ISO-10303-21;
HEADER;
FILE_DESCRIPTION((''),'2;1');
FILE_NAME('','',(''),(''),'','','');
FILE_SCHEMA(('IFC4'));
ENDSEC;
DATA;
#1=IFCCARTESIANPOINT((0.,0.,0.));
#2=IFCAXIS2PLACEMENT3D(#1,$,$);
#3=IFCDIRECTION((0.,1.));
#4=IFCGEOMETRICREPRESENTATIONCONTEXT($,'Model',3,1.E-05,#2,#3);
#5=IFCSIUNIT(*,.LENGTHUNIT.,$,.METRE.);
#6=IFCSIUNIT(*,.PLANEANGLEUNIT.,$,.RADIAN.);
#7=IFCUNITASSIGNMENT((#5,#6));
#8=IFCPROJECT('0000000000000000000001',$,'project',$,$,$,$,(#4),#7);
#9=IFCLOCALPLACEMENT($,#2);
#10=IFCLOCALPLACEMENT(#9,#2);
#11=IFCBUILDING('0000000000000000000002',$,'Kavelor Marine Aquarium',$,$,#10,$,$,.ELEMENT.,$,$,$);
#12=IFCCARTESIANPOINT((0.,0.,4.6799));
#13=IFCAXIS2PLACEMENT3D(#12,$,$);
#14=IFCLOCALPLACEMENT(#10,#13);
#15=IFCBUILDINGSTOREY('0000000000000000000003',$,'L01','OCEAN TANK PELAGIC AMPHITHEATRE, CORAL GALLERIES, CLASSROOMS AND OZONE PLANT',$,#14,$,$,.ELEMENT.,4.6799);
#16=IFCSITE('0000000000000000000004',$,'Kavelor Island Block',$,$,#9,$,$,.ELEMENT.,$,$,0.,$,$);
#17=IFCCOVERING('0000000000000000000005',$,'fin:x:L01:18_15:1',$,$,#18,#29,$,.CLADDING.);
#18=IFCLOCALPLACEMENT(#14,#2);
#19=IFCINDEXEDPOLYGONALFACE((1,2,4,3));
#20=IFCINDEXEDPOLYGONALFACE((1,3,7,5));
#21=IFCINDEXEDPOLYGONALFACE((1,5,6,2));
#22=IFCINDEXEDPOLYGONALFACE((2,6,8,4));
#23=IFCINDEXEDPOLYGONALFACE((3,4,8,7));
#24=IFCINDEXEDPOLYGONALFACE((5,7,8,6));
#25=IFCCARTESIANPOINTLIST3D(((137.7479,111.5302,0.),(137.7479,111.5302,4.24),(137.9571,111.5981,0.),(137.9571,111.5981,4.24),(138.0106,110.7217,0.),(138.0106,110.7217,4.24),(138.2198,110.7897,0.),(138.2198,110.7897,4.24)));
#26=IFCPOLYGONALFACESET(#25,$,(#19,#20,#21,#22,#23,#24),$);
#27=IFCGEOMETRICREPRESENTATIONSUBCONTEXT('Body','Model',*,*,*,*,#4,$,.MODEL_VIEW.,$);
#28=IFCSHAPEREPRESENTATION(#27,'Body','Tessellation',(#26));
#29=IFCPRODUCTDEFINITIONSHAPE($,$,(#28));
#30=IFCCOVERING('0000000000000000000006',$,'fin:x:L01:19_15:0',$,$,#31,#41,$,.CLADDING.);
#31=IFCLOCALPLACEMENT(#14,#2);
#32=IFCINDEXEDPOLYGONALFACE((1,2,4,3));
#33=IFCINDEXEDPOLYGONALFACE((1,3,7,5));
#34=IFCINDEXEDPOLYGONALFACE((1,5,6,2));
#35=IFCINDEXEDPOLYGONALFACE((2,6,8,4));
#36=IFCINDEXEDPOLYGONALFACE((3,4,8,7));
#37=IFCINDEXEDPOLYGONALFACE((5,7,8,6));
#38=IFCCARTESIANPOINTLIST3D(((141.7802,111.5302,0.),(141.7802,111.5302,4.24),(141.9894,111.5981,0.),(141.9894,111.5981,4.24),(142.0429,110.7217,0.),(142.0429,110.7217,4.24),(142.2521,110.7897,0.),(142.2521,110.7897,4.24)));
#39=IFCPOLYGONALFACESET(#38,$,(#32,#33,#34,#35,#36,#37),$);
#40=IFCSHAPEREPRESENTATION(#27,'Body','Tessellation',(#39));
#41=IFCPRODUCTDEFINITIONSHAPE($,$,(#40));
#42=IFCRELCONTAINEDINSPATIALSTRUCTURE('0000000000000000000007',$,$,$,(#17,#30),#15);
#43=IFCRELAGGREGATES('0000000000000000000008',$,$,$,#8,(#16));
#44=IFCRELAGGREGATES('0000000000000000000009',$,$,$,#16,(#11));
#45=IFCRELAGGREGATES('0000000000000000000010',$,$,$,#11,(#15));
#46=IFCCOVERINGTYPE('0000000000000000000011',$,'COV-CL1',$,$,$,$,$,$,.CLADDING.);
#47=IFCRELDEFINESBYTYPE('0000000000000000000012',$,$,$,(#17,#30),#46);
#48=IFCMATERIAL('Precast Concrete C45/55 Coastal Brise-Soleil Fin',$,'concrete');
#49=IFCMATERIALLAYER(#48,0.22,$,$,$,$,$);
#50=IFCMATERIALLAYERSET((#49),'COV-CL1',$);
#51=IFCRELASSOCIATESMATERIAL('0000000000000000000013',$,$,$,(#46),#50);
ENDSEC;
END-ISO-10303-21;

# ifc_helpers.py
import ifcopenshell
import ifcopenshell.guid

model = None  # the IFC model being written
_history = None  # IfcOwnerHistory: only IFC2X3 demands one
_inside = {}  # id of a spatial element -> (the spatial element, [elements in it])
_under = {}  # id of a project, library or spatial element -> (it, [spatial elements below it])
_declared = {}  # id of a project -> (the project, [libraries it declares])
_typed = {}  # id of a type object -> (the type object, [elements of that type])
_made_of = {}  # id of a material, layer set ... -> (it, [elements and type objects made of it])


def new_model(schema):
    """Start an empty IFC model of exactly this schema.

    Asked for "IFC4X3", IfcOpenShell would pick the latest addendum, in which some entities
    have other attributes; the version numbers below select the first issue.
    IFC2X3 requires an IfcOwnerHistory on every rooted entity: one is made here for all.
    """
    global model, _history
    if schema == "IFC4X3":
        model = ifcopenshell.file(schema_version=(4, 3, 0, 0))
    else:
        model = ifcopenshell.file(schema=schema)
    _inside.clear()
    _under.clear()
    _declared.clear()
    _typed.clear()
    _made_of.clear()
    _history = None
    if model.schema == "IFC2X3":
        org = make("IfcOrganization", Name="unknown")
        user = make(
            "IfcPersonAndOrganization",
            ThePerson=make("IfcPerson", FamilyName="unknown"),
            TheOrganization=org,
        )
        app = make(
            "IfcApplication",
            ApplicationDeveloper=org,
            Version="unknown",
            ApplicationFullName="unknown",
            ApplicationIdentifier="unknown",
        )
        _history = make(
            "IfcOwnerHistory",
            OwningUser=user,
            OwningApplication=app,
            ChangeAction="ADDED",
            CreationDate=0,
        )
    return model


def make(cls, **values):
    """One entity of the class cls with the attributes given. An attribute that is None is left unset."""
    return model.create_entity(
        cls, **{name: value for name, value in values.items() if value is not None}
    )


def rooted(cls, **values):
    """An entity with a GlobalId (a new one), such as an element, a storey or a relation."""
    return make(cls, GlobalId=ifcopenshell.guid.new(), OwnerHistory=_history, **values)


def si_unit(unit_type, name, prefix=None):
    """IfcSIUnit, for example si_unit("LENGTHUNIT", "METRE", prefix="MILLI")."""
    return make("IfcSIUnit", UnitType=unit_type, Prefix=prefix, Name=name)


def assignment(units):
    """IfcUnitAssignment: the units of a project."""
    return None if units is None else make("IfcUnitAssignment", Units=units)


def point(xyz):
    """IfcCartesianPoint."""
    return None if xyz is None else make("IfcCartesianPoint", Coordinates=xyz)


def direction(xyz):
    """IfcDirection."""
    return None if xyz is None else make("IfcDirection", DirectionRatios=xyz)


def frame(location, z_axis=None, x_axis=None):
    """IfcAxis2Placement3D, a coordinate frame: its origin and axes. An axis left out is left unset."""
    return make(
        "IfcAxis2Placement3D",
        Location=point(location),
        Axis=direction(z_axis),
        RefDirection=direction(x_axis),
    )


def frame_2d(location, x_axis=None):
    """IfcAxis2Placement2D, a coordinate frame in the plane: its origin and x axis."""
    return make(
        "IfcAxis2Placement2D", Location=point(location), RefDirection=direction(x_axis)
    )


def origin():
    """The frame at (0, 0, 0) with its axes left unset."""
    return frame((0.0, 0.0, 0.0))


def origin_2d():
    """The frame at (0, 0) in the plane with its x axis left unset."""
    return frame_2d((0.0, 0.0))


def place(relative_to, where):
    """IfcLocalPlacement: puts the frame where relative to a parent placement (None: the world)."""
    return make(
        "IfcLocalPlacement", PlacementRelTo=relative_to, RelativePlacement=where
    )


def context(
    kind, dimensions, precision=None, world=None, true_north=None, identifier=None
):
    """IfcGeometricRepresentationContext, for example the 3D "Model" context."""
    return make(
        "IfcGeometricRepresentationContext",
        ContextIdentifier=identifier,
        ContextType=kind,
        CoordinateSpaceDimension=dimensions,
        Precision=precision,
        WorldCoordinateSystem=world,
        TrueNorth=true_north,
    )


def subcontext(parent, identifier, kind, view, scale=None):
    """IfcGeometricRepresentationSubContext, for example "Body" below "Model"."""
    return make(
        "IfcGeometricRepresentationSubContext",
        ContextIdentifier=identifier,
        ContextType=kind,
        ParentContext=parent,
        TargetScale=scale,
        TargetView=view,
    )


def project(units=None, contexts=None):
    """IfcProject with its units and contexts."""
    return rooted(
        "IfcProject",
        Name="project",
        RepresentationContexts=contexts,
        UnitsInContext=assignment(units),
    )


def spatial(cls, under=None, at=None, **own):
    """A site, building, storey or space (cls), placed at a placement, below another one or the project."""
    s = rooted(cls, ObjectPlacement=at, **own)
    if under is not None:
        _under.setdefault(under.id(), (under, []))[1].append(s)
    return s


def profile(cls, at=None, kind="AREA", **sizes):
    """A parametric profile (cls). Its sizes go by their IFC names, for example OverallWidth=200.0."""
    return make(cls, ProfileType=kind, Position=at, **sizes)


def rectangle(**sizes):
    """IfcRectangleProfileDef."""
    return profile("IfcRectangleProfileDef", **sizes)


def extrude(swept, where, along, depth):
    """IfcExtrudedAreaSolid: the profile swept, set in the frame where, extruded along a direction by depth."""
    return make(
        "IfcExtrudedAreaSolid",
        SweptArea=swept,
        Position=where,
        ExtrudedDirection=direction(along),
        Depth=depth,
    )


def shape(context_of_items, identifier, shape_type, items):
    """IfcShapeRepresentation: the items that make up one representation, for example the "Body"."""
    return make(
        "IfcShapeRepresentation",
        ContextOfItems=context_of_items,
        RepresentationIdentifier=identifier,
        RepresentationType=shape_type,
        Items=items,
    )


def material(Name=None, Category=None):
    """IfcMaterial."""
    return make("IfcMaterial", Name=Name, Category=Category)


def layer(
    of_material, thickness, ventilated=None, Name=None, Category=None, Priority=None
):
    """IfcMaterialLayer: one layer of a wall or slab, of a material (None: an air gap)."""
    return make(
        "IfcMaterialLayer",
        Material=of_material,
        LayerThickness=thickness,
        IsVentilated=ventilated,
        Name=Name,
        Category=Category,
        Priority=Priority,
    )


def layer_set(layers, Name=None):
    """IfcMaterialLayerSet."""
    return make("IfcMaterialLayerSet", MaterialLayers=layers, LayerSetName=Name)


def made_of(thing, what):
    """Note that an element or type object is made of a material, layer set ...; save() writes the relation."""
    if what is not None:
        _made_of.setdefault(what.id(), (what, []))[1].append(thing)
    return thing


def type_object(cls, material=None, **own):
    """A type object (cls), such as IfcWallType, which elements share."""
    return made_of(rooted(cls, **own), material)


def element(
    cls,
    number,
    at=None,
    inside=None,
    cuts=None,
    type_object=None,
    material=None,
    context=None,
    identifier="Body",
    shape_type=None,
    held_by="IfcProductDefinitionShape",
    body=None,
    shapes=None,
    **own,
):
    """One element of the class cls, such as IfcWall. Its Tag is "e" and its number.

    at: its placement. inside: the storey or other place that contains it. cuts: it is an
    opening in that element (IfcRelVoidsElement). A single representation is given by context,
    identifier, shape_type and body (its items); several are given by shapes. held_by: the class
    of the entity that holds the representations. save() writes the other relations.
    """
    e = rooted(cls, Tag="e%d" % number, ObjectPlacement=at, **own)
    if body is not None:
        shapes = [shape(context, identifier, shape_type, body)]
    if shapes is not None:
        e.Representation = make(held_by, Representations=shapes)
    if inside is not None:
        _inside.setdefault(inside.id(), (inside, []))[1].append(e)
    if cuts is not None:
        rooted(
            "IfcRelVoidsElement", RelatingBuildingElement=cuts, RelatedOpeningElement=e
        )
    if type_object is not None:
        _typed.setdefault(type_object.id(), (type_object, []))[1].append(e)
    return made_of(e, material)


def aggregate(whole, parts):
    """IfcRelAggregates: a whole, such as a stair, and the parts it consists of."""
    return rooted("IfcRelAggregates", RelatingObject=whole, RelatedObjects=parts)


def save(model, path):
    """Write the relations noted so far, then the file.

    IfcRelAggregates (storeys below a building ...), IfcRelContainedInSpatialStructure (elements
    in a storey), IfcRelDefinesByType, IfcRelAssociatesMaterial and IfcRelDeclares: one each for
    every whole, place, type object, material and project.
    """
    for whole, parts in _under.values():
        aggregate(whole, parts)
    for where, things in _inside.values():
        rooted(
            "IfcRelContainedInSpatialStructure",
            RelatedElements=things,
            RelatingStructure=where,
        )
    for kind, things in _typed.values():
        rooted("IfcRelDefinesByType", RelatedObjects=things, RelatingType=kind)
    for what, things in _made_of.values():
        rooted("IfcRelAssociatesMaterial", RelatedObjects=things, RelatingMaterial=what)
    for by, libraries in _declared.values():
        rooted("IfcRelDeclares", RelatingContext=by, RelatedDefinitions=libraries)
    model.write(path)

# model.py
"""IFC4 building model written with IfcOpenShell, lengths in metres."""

from ifc_helpers import new_model, si_unit, direction, frame, origin, origin_2d, place, context, subcontext, project, spatial, rectangle, extrude, material, layer, layer_set, type_object, element, save


model = new_model("IFC4")

# Units and contexts
model_context = context("Model", 3, precision=1e-05, world=origin(), true_north=direction((0.0, 1.0)))
body_context = subcontext(model_context, "Body", "Model", "MODEL_VIEW")
ifc_project = project(units=[si_unit("LENGTHUNIT", "METRE"), si_unit("PLANEANGLEUNIT", "RADIAN")], contexts=[model_context])

# Site, building, storey
site_placement = place(None, origin())
site = spatial("IfcSite", under=ifc_project, at=site_placement, Name="Kavelor Island Block", CompositionType="ELEMENT", RefElevation=0.0)
building_placement = place(site_placement, origin())
building = spatial("IfcBuilding", under=site, at=building_placement, Name="Kavelor Marine Aquarium", CompositionType="ELEMENT")
storey_placement = place(building_placement, frame((0.0, 0.0, 4.6799)))
storey = spatial("IfcBuildingStorey", under=building, at=storey_placement, Name="L01", Description="OCEAN TANK PELAGIC AMPHITHEATRE, CORAL GALLERIES, CLASSROOMS AND OZONE PLANT", CompositionType="ELEMENT", Elevation=4.6799)

# Coverings
ifc_material_1 = material(Name="Precast Concrete C45/55 Coastal Brise-Soleil Fin", Category="concrete")
ifc_layer_1 = layer(ifc_material_1, 0.22)
ifc_layer_set_1 = layer_set([ifc_layer_1], Name="COV-CL1")
covering_type = type_object("IfcCoveringType", Name="COV-CL1", PredefinedType="CLADDING", material=ifc_layer_set_1)
for number, where, z_axis, x_axis, name in (
    (1, (137.9839, 111.1599, 0.0), (0.0, 0.0, 1.0), (0.951057, 0.309017, 0.0), "fin:x:L01:18_15:1"),
    (2, (142.0161, 111.1599, 0.0), (0.0, 0.0, 1.0), (0.951057, 0.309017, 0.0), "fin:x:L01:19_15:0"),
):
    element("IfcCovering", number, at=place(storey_placement, frame(where, z_axis=z_axis, x_axis=x_axis)), inside=storey, type_object=covering_type, Name=name, PredefinedType="CLADDING", context=body_context, shape_type="SweptSolid", body=[
        extrude(rectangle(XDim=0.22, YDim=0.8501, at=origin_2d()), origin(), (0.0, 0.0, 1.0), 4.24),
    ])

save(model, "model.ifc")
